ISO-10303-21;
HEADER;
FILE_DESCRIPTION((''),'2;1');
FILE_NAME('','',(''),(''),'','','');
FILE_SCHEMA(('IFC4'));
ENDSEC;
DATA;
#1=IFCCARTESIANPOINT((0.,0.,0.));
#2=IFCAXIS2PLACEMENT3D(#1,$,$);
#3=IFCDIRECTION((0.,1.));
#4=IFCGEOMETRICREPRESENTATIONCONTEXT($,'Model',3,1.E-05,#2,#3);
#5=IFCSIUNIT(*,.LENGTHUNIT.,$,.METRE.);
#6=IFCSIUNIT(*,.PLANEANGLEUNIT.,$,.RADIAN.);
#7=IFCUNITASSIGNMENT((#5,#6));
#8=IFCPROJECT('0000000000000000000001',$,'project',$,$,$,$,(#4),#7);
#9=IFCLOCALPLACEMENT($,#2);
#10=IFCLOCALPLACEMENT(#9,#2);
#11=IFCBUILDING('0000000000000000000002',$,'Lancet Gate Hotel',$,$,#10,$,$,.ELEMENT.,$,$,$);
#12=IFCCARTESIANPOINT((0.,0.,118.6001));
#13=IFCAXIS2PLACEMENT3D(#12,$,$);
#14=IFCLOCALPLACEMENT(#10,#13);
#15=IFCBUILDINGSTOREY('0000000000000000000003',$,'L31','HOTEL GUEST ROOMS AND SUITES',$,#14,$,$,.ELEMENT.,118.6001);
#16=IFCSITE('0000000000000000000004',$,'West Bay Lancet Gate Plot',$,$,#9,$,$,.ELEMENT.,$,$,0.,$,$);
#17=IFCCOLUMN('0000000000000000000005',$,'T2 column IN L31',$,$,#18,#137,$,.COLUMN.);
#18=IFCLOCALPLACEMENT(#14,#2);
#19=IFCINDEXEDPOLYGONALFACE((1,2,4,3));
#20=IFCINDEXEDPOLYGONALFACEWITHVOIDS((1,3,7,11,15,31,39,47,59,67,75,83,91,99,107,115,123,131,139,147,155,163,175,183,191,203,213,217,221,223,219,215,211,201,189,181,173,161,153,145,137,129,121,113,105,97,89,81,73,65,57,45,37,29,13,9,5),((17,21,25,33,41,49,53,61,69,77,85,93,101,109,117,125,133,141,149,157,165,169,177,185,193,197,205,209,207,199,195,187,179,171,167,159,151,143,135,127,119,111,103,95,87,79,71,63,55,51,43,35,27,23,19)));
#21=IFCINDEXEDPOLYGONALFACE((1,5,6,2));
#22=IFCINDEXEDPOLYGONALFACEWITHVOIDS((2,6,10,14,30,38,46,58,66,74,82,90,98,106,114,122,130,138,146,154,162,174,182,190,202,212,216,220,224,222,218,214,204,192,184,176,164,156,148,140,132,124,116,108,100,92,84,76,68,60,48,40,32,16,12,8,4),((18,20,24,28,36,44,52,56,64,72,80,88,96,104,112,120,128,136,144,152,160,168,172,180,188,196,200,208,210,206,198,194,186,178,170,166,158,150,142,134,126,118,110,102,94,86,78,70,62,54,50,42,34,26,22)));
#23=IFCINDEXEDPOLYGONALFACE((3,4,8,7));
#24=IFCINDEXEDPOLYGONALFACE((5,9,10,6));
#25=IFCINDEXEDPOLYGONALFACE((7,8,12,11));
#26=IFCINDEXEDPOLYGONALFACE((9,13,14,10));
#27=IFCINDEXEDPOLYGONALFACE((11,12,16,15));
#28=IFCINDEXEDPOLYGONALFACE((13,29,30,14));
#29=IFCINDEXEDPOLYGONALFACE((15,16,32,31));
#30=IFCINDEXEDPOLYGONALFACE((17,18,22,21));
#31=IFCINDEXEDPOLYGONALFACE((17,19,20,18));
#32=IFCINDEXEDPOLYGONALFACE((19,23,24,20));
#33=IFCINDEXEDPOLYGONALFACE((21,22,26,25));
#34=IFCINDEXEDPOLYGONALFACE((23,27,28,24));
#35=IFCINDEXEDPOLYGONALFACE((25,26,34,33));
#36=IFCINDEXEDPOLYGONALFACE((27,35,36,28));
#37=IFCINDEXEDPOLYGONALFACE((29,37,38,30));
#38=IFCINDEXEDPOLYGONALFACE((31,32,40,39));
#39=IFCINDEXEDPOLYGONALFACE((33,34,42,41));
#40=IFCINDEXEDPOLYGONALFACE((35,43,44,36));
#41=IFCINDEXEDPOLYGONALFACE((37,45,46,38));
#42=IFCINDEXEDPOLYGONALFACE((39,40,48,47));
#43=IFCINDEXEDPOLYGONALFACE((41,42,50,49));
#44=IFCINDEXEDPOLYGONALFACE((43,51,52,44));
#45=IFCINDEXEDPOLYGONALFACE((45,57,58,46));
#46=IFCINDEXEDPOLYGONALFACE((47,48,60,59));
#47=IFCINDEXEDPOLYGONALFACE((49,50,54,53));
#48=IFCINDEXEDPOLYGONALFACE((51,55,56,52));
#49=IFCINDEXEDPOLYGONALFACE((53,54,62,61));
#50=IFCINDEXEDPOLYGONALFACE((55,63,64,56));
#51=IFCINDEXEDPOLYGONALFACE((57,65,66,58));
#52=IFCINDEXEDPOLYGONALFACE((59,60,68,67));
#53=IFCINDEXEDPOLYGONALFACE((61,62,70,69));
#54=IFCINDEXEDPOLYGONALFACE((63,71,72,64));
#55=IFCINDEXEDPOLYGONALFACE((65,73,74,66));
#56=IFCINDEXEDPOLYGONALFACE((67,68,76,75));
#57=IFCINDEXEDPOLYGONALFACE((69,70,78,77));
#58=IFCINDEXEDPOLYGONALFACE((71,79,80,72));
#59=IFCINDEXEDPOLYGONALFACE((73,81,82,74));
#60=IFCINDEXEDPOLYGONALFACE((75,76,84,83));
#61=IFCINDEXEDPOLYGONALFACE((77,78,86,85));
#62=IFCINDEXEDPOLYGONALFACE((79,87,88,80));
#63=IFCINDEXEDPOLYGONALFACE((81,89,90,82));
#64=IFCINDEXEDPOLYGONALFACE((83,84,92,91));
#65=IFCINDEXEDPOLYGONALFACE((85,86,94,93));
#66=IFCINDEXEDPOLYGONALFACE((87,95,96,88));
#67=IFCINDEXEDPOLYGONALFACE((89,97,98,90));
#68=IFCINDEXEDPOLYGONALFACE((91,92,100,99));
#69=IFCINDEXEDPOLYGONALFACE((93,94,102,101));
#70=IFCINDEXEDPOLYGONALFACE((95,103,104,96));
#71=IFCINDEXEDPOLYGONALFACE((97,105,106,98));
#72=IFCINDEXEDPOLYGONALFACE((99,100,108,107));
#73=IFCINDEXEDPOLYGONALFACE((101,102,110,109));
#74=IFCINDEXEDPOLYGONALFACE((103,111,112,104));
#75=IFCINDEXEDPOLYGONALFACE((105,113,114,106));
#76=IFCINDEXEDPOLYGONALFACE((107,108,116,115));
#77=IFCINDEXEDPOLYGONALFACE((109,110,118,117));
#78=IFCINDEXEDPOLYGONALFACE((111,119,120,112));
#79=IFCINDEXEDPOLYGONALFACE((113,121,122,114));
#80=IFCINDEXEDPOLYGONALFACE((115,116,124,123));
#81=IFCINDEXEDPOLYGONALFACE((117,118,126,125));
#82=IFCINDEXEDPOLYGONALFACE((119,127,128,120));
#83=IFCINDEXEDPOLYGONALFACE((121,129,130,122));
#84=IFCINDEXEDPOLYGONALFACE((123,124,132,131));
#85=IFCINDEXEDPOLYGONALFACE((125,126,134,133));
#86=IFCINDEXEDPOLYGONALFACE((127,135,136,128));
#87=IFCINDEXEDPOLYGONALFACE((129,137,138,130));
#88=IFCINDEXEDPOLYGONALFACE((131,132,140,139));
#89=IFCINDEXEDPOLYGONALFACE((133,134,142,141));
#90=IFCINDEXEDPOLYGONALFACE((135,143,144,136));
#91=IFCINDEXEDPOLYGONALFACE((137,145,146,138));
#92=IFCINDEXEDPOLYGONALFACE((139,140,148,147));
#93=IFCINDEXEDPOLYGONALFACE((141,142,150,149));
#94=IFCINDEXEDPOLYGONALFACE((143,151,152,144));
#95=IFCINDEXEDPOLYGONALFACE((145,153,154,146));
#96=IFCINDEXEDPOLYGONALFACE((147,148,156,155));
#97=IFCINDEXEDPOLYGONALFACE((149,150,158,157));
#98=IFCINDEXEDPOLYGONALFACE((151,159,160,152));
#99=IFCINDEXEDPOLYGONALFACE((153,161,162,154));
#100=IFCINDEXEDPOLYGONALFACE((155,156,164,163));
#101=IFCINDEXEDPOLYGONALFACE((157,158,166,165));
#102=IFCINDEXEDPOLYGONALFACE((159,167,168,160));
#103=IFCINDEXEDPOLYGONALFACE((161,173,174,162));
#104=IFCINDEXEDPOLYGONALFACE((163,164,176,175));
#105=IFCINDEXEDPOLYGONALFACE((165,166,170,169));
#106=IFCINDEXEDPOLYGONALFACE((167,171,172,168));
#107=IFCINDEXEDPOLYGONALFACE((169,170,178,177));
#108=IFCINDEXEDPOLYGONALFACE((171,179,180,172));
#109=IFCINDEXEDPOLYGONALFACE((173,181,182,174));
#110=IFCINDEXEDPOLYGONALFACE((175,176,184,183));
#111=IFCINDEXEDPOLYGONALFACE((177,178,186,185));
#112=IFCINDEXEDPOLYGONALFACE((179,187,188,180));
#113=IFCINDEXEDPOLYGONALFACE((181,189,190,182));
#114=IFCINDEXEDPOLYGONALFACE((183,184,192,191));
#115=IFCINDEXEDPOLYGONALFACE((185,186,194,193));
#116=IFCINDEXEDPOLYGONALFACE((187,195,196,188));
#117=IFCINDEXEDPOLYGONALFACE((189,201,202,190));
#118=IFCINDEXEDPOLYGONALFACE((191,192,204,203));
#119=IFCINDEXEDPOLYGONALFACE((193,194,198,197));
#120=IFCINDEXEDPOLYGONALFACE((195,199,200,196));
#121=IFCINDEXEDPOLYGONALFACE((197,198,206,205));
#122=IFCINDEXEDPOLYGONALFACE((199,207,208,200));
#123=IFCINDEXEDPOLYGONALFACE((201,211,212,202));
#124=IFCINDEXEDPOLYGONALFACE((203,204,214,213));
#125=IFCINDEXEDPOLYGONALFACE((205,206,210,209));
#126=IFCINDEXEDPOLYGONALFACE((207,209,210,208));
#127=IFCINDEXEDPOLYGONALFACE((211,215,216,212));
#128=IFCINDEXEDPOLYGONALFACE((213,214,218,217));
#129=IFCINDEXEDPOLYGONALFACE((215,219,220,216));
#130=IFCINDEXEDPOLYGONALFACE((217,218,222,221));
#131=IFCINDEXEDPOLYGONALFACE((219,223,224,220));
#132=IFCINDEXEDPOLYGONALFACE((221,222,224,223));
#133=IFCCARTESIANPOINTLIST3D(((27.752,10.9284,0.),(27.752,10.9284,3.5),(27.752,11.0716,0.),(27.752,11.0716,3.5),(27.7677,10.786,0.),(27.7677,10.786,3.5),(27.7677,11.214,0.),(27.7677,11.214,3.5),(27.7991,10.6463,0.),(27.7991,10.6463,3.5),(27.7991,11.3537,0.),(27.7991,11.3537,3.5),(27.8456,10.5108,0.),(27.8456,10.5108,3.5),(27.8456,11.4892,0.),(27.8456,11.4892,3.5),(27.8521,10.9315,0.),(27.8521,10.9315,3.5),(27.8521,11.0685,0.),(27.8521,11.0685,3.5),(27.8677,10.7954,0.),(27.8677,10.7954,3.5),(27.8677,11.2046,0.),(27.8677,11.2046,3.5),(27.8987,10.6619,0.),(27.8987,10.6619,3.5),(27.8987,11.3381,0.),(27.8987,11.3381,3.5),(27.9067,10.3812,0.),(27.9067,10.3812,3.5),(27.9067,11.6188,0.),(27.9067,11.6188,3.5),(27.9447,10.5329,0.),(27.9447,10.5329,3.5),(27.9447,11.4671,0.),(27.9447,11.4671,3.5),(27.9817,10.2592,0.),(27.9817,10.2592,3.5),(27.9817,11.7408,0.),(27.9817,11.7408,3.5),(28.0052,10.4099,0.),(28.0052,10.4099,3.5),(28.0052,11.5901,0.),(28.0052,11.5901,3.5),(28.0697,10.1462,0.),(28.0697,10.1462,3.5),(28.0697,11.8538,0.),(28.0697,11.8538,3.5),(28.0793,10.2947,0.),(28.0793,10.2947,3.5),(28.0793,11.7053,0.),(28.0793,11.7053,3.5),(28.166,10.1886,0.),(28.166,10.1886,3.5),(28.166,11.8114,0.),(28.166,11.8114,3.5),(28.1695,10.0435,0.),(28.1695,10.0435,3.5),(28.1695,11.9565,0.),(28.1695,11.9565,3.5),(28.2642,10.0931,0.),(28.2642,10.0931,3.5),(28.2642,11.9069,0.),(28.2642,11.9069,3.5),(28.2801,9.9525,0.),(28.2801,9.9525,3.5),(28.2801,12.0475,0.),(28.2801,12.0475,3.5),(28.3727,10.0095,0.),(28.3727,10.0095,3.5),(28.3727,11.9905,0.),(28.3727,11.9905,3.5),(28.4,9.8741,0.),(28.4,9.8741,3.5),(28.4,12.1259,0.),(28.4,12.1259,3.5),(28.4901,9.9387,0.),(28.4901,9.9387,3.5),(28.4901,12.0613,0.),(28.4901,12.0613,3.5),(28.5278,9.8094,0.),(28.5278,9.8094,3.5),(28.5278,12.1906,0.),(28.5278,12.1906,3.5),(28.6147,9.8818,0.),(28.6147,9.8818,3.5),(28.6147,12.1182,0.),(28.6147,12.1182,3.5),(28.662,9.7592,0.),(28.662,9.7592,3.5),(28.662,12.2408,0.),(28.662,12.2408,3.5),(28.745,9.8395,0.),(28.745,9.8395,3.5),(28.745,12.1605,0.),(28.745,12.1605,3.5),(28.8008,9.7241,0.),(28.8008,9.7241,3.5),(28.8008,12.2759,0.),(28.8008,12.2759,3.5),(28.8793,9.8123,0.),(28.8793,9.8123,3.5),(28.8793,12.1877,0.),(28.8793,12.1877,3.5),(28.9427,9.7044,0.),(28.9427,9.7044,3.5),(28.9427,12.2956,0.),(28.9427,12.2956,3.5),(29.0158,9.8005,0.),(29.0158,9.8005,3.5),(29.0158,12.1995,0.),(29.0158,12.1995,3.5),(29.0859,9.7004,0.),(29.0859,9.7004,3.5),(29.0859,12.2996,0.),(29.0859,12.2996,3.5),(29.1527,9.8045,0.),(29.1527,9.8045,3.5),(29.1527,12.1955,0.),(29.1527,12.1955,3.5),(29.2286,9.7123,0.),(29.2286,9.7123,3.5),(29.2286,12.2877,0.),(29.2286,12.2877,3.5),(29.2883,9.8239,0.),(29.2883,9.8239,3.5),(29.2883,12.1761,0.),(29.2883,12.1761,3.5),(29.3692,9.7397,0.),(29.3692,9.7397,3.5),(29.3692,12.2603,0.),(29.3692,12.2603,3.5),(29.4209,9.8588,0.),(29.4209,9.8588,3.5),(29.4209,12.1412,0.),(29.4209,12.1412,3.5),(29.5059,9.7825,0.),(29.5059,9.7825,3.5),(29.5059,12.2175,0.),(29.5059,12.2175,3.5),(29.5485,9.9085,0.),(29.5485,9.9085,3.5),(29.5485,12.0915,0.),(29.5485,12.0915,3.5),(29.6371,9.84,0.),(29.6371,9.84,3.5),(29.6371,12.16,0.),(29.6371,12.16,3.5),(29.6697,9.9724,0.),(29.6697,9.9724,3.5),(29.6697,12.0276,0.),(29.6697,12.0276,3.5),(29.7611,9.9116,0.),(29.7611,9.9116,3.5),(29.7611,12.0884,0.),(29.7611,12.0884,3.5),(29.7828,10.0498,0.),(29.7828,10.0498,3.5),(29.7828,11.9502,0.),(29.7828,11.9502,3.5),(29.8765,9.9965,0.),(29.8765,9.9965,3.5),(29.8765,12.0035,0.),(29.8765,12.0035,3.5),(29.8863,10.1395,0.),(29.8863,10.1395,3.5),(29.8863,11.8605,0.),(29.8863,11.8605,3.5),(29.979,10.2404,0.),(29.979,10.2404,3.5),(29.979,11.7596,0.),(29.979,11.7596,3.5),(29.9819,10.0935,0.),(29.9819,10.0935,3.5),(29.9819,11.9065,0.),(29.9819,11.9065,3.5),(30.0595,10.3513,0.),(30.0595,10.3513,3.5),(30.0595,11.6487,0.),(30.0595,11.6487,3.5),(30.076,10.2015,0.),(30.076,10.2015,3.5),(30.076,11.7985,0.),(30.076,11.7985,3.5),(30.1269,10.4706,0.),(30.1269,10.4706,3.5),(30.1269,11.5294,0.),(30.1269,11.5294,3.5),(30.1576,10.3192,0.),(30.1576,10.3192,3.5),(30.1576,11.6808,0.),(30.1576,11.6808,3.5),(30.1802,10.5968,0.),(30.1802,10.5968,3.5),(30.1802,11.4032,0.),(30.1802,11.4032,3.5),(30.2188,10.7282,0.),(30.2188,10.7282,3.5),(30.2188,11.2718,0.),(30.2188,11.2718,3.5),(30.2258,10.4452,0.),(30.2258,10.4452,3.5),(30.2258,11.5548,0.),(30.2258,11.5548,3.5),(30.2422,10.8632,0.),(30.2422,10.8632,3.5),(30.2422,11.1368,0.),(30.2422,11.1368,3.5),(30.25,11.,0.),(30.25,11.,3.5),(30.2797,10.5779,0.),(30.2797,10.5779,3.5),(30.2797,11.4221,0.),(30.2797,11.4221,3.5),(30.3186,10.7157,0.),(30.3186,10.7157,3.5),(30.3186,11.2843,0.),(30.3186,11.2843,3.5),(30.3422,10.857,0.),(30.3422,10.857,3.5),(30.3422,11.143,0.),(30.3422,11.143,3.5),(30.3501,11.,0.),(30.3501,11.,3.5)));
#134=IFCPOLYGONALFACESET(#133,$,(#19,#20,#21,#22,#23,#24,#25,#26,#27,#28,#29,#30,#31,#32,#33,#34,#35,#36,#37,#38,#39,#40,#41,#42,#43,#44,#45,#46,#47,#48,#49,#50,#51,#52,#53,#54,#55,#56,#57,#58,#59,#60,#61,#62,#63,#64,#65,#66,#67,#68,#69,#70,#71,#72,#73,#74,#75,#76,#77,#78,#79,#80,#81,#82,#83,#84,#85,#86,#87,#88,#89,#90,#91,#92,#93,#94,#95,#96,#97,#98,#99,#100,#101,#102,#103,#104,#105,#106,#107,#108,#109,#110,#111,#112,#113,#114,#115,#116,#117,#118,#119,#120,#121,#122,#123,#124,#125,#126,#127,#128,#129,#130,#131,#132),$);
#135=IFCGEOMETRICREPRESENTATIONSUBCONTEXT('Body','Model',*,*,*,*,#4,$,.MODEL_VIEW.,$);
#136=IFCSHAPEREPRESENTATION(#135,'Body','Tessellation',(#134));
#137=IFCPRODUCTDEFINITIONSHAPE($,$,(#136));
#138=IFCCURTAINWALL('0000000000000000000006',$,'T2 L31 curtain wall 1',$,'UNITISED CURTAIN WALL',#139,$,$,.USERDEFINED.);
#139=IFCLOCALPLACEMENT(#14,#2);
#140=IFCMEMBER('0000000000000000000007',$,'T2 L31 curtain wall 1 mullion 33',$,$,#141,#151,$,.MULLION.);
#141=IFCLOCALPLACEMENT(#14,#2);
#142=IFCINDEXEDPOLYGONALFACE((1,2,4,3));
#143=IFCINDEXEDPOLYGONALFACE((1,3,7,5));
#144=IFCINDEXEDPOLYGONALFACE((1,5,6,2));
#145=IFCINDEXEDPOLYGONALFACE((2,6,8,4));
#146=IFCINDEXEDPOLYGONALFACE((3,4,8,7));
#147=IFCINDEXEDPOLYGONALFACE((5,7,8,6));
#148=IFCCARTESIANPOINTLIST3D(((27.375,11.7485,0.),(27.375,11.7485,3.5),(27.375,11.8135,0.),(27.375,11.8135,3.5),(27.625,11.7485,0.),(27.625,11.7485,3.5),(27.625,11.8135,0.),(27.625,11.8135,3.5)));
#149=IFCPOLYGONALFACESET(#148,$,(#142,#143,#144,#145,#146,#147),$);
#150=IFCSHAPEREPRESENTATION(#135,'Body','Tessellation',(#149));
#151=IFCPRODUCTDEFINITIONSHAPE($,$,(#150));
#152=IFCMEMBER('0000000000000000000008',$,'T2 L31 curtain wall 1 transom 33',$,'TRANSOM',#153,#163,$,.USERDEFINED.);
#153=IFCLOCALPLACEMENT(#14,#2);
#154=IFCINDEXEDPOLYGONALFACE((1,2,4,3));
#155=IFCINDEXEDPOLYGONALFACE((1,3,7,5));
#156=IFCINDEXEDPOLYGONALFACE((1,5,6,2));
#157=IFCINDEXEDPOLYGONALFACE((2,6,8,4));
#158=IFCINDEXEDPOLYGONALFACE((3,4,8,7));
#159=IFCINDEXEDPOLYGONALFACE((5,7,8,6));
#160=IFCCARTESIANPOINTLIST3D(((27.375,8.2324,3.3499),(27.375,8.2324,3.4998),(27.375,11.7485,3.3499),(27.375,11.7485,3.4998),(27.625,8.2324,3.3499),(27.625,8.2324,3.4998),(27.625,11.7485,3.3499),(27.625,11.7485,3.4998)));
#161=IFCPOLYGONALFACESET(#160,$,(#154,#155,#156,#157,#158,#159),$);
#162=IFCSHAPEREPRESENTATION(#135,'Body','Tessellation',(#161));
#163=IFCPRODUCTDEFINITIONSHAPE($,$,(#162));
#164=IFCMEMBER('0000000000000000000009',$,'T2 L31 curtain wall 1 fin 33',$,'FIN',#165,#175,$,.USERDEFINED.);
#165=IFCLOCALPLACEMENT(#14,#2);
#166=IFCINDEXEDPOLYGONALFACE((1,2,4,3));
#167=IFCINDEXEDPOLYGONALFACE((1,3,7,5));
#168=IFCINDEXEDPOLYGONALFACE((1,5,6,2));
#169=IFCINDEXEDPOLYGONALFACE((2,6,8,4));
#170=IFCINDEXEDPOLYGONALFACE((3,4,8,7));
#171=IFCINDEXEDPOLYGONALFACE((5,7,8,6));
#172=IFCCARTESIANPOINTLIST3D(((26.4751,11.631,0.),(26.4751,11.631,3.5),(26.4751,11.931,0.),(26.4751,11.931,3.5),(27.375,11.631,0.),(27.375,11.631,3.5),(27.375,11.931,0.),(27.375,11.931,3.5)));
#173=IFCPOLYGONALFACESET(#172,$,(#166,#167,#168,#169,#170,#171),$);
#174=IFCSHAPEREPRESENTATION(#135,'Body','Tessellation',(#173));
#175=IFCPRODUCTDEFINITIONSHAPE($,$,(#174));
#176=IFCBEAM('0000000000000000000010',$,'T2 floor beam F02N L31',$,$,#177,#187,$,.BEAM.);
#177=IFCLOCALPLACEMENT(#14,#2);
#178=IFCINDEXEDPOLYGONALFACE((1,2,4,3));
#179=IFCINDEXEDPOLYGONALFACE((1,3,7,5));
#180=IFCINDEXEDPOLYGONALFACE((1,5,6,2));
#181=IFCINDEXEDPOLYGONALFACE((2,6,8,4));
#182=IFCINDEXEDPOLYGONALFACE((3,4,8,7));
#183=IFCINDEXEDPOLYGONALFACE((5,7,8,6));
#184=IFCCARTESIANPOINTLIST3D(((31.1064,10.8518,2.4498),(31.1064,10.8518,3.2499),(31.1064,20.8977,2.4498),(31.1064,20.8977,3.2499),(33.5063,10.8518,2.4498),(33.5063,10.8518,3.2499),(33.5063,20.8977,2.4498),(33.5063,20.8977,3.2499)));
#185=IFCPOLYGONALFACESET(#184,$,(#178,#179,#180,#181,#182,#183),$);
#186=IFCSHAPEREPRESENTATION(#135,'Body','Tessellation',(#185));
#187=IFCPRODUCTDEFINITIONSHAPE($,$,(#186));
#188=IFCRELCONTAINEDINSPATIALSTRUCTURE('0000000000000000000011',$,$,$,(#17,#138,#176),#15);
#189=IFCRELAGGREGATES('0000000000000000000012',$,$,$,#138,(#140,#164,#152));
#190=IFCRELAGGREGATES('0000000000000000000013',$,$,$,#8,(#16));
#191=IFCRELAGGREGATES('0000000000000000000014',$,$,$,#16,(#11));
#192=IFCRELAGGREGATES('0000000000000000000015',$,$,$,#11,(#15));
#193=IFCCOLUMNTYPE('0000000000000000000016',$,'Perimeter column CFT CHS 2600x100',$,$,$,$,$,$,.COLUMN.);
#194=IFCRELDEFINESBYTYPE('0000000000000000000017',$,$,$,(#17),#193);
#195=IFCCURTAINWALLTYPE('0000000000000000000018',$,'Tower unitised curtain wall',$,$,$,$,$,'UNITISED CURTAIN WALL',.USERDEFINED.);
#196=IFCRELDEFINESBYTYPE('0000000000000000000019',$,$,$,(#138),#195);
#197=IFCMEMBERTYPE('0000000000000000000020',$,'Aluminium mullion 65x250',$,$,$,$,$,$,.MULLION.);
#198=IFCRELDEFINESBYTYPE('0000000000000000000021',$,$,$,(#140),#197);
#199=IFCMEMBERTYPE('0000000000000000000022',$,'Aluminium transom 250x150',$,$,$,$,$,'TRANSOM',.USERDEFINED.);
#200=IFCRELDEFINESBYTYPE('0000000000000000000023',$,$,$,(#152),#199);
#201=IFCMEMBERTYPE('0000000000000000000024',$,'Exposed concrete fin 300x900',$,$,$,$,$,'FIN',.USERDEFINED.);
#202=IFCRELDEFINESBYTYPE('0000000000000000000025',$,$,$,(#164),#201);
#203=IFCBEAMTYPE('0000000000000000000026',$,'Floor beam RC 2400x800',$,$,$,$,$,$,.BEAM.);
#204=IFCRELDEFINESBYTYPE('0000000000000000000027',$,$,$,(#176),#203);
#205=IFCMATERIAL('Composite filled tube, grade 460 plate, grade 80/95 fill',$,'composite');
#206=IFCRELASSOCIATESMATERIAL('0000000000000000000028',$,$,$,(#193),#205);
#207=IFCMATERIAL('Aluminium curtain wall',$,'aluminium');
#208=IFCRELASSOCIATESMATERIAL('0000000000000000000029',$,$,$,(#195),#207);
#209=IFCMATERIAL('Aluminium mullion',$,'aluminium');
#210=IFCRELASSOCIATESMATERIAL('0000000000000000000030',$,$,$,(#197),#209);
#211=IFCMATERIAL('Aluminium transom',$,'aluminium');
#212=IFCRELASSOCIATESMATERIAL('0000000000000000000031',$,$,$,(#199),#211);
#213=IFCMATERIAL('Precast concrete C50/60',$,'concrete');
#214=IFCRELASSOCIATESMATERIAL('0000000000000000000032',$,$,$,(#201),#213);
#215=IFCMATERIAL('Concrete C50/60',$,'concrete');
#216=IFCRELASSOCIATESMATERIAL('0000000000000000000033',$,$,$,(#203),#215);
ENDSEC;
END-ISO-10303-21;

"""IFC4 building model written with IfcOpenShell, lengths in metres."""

from ifc_helpers import new_model, si_unit, direction, frame, origin, origin_2d, place, context, subcontext, project, spatial, rectangle, hollow_circle, extrude, material, material_profile, profile_set, type_object, element, aggregate, save


model = new_model("IFC4")

# Units and contexts
model_context = context("Model", 3, precision=1e-05, world=origin(), true_north=direction((0.0, 1.0)))
body_context = subcontext(model_context, "Body", "Model", "MODEL_VIEW")
ifc_project = project(units=[si_unit("LENGTHUNIT", "METRE"), si_unit("PLANEANGLEUNIT", "RADIAN")], contexts=[model_context])

# Site, building, storey
site_placement = place(None, origin())
site = spatial("IfcSite", under=ifc_project, at=site_placement, Name="West Bay Lancet Gate Plot", CompositionType="ELEMENT", RefElevation=0.0)
building_placement = place(site_placement, origin())
building = spatial("IfcBuilding", under=site, at=building_placement, Name="Lancet Gate Hotel", CompositionType="ELEMENT")
storey_placement = place(building_placement, frame((0.0, 0.0, 118.6001)))
storey = spatial("IfcBuildingStorey", under=building, at=storey_placement, Name="L31", Description="HOTEL GUEST ROOMS AND SUITES", CompositionType="ELEMENT", Elevation=118.6001)

# Column
ifc_material_1 = material(Name="Composite filled tube, grade 460 plate, grade 80/95 fill", Category="composite")
ifc_material_profile_1 = material_profile(ifc_material_1, hollow_circle(Radius=1.3, WallThickness=0.1001, at=origin_2d()), Name="CHS 2600x100")
ifc_profile_set_1 = profile_set([ifc_material_profile_1], Name="Composite filled tube, grade 460 plate, grade 80/95 fill")
column_type = type_object("IfcColumnType", Name="Perimeter column CFT CHS 2600x100", PredefinedType="COLUMN", material=ifc_profile_set_1)
column_placement = place(storey_placement, frame((29.05, 11.0, 0.0), z_axis=(0.0, 0.0, 1.0), x_axis=(1.0, 0.0, 0.0)))
element("IfcColumn", 1, at=column_placement, inside=storey, type_object=column_type, Name="T2 column IN L31", PredefinedType="COLUMN", context=body_context, shape_type="SweptSolid", body=[
    extrude(hollow_circle(Radius=1.3, WallThickness=0.1001, at=origin_2d()), origin(), (0.0, 0.0, 1.0), 3.5),
])

# Curtain wall, members
ifc_material_2 = material(Name="Aluminium curtain wall", Category="aluminium")
curtain_wall_type = type_object("IfcCurtainWallType", Name="Tower unitised curtain wall", ElementType="UNITISED CURTAIN WALL", PredefinedType="USERDEFINED", material=ifc_material_2)
curtain_wall_placement = place(storey_placement, origin())
curtain_wall = element("IfcCurtainWall", 2, at=curtain_wall_placement, inside=storey, type_object=curtain_wall_type, Name="T2 L31 curtain wall 1", ObjectType="UNITISED CURTAIN WALL", PredefinedType="USERDEFINED")
ifc_material_3 = material(Name="Aluminium mullion", Category="aluminium")
ifc_material_profile_2 = material_profile(ifc_material_3, rectangle(XDim=0.0649, YDim=0.25, at=origin_2d()), Name="MULLION 65x250")
ifc_profile_set_2 = profile_set([ifc_material_profile_2], Name="Aluminium mullion")
member_type_1 = type_object("IfcMemberType", Name="Aluminium mullion 65x250", PredefinedType="MULLION", material=ifc_profile_set_2)
member_1_placement = place(storey_placement, frame((27.5, 11.781, 0.0), z_axis=(0.0, 0.0, 1.0), x_axis=(0.0, -1.0, 0.0)))
member_1 = element("IfcMember", 3, at=member_1_placement, type_object=member_type_1, Name="T2 L31 curtain wall 1 mullion 33", PredefinedType="MULLION", context=body_context, shape_type="SweptSolid", body=[
    extrude(rectangle(XDim=0.0649, YDim=0.25, at=origin_2d()), origin(), (0.0, 0.0, 1.0), 3.5),
])
ifc_material_4 = material(Name="Aluminium transom", Category="aluminium")
ifc_material_profile_3 = material_profile(ifc_material_4, rectangle(XDim=0.25, YDim=0.1499, at=origin_2d()), Name="TRANSOM 250x150")
ifc_profile_set_3 = profile_set([ifc_material_profile_3], Name="Aluminium transom")
member_type_2 = type_object("IfcMemberType", Name="Aluminium transom 250x150", ElementType="TRANSOM", PredefinedType="USERDEFINED", material=ifc_profile_set_3)
member_2_placement = place(storey_placement, frame((27.5, 11.7485, 3.4248), z_axis=(0.0, -1.0, 0.0), x_axis=(1.0, 0.0, 0.0)))
member_2 = element("IfcMember", 4, at=member_2_placement, type_object=member_type_2, Name="T2 L31 curtain wall 1 transom 33", ObjectType="TRANSOM", PredefinedType="USERDEFINED", context=body_context, shape_type="SweptSolid", body=[
    extrude(rectangle(XDim=0.25, YDim=0.1499, at=origin_2d()), origin(), (0.0, 0.0, 1.0), 3.5161),
])
ifc_material_5 = material(Name="Precast concrete C50/60", Category="concrete")
ifc_material_profile_4 = material_profile(ifc_material_5, rectangle(XDim=0.3, YDim=0.8999, at=origin_2d()), Name="FIN 300x900")
ifc_profile_set_4 = profile_set([ifc_material_profile_4], Name="Precast concrete C50/60")
member_type_3 = type_object("IfcMemberType", Name="Exposed concrete fin 300x900", ElementType="FIN", PredefinedType="USERDEFINED", material=ifc_profile_set_4)
member_3_placement = place(storey_placement, frame((26.925, 11.781, 0.0), z_axis=(0.0, 0.0, 1.0), x_axis=(0.0, -1.0, 0.0)))
member_3 = element("IfcMember", 5, at=member_3_placement, type_object=member_type_3, Name="T2 L31 curtain wall 1 fin 33", ObjectType="FIN", PredefinedType="USERDEFINED", context=body_context, shape_type="SweptSolid", body=[
    extrude(rectangle(XDim=0.3, YDim=0.8999, at=origin_2d()), origin(), (0.0, 0.0, 1.0), 3.5),
])

# Beam
ifc_material_6 = material(Name="Concrete C50/60", Category="concrete")
ifc_material_profile_5 = material_profile(ifc_material_6, rectangle(XDim=2.3999, YDim=0.8, at=origin_2d()), Name="RC 2400x800")
ifc_profile_set_5 = profile_set([ifc_material_profile_5], Name="Concrete C50/60")
beam_type_1 = type_object("IfcBeamType", Name="Floor beam RC 2400x800", PredefinedType="BEAM", material=ifc_profile_set_5)
beam_1_placement = place(storey_placement, frame((32.3064, 10.8518, 2.8499), z_axis=(0.0, 1.0, 0.0), x_axis=(-1.0, 0.0, 0.0)))
element("IfcBeam", 6, at=beam_1_placement, inside=storey, type_object=beam_type_1, Name="T2 floor beam F02N L31", PredefinedType="BEAM", context=body_context, shape_type="SweptSolid", body=[
    extrude(rectangle(XDim=2.3999, YDim=0.8, at=origin_2d()), origin(), (0.0, 0.0, 1.0), 10.0459),
])

aggregate(curtain_wall, [member_1, member_3, member_2])

save(model, "model.ifc")
